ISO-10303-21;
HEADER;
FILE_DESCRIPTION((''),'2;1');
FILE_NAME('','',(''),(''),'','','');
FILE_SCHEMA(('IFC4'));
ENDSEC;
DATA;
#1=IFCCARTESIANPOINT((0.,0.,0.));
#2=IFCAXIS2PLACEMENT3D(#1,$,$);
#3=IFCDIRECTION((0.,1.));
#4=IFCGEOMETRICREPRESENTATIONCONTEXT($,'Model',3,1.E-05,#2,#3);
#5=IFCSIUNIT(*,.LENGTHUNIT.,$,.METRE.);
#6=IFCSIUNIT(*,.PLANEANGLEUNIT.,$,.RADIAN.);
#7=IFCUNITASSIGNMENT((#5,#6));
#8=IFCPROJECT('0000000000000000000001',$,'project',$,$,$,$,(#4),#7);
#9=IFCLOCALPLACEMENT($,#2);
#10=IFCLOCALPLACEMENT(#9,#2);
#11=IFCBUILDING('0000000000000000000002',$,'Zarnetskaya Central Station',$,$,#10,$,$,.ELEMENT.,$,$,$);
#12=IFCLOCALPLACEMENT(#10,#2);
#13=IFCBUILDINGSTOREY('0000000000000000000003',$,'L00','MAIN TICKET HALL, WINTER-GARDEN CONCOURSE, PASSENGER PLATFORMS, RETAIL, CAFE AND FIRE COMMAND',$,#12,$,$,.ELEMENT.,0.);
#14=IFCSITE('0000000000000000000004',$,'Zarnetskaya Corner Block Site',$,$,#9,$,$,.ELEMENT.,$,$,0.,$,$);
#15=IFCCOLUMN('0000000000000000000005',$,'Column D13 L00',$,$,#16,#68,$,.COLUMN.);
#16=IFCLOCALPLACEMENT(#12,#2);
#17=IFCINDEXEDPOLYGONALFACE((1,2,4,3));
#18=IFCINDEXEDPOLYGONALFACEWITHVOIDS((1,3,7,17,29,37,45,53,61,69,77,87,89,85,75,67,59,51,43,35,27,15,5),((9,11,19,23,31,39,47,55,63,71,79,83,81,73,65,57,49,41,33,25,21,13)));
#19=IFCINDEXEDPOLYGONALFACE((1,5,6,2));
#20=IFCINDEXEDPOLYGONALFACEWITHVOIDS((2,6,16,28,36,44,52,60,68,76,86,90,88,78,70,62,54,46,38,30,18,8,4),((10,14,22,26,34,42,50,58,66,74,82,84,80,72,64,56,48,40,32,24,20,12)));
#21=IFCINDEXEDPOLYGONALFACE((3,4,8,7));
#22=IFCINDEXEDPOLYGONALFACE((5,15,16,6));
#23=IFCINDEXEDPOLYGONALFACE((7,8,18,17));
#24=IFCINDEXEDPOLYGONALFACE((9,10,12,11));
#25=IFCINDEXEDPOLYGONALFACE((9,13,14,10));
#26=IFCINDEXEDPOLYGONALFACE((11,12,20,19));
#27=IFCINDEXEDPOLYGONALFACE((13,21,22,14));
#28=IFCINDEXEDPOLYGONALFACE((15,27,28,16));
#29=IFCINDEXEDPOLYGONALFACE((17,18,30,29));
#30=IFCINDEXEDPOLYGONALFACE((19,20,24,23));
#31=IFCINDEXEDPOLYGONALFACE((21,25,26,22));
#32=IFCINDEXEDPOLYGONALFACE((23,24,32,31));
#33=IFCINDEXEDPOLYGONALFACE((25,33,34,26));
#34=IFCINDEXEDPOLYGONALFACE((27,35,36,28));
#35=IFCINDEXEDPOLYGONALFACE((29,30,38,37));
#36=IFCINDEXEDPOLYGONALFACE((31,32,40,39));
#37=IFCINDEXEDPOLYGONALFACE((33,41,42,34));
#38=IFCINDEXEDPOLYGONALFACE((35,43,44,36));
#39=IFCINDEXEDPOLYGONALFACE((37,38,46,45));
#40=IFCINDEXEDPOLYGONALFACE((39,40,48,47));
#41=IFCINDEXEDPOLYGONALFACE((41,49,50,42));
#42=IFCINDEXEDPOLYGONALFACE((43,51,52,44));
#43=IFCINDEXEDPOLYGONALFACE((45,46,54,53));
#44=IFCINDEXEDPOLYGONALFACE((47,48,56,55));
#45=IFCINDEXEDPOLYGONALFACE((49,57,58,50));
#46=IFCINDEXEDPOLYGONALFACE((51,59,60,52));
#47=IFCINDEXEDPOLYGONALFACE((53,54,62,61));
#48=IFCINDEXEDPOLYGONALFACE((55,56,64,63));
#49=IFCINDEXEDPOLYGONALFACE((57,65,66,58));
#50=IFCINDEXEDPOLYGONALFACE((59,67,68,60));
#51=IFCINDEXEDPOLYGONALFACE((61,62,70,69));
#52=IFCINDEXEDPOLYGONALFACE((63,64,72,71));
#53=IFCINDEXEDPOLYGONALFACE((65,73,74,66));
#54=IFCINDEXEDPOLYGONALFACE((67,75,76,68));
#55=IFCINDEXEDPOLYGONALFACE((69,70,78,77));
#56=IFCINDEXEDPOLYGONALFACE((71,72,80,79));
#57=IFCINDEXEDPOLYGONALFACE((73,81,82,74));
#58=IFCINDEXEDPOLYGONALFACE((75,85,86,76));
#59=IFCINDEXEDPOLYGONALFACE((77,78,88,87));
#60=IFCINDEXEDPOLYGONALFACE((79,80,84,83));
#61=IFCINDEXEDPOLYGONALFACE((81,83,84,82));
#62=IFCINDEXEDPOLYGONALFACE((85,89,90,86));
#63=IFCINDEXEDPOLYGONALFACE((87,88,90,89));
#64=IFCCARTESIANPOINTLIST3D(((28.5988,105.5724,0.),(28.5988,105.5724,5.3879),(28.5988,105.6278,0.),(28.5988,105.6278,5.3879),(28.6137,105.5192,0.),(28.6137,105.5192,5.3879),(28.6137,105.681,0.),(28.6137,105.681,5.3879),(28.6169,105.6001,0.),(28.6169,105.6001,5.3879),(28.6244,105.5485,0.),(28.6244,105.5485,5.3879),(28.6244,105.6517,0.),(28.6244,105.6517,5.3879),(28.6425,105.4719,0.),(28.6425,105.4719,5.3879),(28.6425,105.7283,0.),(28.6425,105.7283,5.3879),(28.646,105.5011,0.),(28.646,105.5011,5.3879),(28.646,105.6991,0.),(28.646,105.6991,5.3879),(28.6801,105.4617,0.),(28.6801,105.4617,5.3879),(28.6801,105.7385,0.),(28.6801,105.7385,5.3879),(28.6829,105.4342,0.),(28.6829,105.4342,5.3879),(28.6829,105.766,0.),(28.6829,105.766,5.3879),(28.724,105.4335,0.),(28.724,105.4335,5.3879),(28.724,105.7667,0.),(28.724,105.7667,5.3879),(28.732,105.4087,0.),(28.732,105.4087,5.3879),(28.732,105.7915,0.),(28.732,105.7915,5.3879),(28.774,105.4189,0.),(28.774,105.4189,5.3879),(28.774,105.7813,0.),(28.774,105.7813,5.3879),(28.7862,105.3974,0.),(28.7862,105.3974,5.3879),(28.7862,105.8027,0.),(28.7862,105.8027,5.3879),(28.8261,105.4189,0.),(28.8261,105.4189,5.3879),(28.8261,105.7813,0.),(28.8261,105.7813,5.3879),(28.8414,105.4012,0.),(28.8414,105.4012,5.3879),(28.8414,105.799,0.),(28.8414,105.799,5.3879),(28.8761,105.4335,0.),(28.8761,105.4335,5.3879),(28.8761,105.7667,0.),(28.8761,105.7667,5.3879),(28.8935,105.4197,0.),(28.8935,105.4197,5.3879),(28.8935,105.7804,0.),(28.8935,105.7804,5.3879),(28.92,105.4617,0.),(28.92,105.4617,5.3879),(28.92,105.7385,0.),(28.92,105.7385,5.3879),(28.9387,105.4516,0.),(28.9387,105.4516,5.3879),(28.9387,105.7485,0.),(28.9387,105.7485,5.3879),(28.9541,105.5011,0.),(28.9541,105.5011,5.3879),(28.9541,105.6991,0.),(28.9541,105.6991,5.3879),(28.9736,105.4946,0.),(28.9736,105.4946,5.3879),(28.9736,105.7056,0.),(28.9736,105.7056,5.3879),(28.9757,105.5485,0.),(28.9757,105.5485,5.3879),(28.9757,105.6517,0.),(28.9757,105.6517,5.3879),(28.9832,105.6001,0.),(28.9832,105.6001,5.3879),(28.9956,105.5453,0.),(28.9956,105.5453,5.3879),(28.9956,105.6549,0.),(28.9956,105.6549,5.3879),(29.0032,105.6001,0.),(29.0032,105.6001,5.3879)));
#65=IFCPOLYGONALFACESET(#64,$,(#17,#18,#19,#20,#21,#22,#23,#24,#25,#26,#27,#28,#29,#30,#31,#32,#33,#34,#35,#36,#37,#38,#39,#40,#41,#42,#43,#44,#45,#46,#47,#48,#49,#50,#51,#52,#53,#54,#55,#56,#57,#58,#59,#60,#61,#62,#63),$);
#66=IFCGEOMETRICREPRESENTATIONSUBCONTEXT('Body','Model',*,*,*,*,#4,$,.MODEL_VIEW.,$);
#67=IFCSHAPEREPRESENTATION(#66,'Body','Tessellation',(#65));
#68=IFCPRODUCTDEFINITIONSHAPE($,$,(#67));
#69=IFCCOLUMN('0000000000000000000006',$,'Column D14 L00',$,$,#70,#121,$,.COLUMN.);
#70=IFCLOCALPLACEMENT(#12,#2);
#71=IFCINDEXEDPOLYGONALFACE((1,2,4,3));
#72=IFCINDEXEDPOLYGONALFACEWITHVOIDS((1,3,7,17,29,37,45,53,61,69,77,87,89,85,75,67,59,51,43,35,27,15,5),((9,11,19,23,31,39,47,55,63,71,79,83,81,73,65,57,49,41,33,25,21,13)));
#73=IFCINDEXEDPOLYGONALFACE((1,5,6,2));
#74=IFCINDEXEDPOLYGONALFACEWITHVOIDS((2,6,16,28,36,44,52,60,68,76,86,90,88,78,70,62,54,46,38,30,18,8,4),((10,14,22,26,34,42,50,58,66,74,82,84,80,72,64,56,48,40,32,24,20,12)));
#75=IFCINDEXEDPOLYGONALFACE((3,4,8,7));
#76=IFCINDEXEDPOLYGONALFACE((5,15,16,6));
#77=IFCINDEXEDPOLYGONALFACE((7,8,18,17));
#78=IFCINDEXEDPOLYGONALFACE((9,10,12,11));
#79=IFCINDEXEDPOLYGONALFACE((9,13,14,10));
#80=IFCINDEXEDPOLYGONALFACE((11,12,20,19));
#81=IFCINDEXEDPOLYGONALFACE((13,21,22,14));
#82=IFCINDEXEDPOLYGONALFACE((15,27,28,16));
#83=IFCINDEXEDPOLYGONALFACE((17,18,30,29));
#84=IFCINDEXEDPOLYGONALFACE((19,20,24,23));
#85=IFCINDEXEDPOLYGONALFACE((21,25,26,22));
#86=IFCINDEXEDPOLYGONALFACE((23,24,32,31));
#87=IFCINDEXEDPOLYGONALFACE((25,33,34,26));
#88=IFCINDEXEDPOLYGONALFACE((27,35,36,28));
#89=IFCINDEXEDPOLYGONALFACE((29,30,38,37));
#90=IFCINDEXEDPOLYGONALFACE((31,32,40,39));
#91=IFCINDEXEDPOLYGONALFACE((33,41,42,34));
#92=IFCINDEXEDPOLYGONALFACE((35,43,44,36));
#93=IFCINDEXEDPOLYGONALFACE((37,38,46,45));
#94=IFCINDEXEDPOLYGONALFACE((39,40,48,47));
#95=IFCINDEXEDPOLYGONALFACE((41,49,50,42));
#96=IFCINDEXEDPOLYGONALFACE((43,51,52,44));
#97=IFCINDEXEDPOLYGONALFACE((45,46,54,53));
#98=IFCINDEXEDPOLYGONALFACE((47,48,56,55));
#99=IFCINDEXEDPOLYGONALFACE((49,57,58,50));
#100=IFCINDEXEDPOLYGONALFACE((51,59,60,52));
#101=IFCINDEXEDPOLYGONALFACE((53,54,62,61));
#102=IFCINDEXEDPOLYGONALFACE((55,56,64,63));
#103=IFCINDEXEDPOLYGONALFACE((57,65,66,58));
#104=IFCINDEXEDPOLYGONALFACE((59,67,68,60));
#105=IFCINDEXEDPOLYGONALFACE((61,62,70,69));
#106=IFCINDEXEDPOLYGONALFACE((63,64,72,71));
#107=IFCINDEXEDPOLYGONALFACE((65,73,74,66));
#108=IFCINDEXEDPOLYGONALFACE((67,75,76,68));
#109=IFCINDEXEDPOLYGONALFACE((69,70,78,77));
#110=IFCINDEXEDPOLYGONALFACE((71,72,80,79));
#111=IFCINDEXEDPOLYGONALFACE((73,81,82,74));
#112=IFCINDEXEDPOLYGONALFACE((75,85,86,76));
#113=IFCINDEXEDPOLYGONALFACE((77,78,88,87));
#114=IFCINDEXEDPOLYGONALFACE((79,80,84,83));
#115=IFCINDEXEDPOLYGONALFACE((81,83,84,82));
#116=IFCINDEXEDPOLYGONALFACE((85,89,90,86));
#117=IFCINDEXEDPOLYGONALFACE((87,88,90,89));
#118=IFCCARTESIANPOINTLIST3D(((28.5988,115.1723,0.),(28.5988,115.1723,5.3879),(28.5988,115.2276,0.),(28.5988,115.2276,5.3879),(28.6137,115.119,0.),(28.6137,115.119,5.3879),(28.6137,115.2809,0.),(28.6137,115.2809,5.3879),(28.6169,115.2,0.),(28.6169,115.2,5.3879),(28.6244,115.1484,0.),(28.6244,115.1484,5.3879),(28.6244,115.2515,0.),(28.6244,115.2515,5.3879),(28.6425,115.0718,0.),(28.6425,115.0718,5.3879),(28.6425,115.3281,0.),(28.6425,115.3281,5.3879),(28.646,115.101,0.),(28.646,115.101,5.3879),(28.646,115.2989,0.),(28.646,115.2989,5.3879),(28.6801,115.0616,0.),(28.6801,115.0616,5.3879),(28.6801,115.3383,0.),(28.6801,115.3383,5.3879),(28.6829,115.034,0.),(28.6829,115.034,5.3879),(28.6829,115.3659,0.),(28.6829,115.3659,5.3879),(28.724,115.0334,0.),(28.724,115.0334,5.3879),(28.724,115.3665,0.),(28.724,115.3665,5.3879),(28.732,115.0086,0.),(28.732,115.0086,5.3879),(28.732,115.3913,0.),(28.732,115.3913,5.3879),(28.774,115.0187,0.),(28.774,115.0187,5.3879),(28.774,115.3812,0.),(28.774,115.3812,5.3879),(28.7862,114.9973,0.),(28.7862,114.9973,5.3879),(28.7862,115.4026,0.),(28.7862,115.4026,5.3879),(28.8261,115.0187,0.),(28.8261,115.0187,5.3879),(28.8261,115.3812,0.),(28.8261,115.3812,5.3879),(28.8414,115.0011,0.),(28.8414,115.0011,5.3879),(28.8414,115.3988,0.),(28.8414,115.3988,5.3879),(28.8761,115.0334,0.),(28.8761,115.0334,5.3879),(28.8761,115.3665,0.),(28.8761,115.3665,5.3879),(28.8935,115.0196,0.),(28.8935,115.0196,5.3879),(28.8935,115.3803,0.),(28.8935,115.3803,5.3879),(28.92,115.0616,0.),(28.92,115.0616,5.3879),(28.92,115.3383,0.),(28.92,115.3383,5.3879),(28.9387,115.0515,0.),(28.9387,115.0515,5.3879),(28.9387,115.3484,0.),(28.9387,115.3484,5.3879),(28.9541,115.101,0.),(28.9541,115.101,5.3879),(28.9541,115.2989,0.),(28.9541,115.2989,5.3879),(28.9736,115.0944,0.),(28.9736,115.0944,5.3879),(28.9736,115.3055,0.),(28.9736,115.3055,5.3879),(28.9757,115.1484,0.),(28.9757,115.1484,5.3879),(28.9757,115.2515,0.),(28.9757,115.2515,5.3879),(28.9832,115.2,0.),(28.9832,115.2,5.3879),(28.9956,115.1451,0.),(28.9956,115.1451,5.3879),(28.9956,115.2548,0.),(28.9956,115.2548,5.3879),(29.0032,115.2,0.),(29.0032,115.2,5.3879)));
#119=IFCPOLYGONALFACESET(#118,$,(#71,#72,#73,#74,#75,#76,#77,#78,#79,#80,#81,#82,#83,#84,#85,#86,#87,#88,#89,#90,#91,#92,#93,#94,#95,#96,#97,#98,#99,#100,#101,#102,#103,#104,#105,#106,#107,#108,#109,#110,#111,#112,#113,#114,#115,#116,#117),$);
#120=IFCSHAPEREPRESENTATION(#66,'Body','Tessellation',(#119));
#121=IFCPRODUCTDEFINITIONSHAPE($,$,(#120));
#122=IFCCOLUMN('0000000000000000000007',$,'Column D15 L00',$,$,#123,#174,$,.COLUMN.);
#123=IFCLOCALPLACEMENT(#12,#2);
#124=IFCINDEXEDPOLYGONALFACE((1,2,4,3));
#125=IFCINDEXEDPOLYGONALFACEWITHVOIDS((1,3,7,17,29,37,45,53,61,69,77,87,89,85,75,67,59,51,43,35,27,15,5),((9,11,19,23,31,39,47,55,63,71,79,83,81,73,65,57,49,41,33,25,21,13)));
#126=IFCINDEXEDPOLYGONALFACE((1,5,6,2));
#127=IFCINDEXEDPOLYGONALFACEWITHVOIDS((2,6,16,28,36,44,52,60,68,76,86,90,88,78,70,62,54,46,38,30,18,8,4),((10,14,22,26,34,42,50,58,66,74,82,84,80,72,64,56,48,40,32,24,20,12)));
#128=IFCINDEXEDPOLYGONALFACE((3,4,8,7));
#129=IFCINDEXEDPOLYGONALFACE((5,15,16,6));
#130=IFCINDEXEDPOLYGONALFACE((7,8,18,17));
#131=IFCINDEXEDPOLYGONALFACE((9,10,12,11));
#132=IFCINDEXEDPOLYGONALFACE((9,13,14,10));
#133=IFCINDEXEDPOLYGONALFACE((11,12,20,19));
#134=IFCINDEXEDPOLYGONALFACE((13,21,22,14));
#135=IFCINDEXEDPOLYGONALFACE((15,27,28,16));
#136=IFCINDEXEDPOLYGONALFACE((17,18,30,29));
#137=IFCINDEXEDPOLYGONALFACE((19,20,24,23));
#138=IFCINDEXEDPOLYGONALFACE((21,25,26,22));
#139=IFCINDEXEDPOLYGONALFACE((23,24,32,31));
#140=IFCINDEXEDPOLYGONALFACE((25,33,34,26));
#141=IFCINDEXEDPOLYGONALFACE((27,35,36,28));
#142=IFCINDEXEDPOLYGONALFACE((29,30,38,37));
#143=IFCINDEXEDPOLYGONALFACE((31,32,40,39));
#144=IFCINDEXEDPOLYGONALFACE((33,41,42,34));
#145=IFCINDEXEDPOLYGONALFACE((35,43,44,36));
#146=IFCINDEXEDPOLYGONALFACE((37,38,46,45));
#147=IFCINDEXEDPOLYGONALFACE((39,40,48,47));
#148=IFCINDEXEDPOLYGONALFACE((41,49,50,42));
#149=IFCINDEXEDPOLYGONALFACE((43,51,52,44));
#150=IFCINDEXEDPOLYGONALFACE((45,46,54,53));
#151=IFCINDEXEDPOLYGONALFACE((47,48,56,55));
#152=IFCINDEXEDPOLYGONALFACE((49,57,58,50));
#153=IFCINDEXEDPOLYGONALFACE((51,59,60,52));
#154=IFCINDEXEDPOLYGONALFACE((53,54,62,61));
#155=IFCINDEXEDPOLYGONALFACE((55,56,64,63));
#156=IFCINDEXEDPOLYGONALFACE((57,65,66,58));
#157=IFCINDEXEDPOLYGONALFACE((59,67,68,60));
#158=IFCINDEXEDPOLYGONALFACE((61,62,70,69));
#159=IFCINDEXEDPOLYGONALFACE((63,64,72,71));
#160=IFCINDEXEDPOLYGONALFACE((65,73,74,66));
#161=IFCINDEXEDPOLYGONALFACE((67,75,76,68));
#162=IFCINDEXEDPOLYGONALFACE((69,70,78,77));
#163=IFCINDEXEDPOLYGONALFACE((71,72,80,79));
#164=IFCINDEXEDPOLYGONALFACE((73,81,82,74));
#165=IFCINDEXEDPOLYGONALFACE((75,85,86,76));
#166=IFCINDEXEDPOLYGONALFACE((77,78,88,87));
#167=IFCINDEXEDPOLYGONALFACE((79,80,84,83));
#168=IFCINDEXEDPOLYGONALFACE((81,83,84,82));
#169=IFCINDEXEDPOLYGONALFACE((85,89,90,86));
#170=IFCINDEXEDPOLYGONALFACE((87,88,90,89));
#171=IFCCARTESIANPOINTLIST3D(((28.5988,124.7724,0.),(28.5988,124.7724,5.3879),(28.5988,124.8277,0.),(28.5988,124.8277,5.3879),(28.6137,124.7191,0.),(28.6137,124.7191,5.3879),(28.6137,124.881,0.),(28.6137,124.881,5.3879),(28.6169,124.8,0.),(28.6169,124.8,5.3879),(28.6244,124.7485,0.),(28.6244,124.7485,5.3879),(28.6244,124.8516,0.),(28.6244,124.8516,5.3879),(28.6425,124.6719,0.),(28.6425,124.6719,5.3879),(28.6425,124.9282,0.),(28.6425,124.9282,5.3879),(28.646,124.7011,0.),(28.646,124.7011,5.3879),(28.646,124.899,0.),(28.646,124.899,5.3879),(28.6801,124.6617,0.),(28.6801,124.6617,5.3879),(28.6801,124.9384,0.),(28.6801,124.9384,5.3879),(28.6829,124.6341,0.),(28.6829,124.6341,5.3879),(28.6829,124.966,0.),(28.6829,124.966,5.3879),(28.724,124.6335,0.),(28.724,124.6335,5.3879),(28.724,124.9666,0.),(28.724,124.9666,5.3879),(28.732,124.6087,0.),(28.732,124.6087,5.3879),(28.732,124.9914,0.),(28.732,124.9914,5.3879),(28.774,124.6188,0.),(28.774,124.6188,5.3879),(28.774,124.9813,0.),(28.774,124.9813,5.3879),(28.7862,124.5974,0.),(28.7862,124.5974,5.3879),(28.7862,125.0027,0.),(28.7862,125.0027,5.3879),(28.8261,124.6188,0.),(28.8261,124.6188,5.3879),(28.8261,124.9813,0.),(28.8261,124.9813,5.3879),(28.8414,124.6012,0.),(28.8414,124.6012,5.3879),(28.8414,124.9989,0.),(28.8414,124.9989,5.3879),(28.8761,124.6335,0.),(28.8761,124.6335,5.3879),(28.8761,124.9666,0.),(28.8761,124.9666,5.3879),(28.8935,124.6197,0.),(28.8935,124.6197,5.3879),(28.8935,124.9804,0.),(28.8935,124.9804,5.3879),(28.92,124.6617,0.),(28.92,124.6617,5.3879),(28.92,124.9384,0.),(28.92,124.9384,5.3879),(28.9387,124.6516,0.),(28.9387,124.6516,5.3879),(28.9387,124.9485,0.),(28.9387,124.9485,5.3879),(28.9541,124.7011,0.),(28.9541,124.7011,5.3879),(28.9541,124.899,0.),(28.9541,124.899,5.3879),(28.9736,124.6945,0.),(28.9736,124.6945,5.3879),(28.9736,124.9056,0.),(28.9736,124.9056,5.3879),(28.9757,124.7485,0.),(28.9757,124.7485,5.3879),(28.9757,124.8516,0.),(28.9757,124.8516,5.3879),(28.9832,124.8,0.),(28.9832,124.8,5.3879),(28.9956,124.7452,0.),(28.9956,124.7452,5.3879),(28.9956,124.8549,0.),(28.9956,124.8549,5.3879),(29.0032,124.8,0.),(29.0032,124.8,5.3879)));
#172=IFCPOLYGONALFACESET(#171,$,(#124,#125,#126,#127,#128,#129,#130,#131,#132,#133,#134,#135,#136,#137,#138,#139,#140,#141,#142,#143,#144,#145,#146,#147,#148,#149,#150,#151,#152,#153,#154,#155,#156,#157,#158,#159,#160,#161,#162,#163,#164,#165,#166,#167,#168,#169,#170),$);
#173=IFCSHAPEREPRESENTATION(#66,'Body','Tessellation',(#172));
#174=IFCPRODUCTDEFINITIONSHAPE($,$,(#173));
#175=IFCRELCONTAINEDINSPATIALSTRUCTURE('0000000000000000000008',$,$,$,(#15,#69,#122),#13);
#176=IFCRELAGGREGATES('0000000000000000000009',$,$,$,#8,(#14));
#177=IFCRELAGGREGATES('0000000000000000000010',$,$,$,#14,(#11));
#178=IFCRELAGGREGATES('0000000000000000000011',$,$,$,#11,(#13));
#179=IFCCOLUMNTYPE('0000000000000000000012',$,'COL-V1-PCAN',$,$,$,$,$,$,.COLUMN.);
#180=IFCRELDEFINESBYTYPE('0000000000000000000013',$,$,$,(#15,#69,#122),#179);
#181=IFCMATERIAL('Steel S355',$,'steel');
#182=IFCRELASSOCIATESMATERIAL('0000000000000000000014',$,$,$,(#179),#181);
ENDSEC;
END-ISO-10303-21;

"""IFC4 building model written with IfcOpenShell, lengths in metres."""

from ifc_helpers import new_model, si_unit, direction, frame, origin, origin_2d, place, context, subcontext, project, spatial, hollow_circle, extrude, material, material_profile, profile_set, type_object, element, save


model = new_model("IFC4")

# Units and contexts
model_context = context("Model", 3, precision=1e-05, world=origin(), true_north=direction((0.0, 1.0)))
body_context = subcontext(model_context, "Body", "Model", "MODEL_VIEW")
ifc_project = project(units=[si_unit("LENGTHUNIT", "METRE"), si_unit("PLANEANGLEUNIT", "RADIAN")], contexts=[model_context])

# Site, building, storey
site_placement = place(None, origin())
site = spatial("IfcSite", under=ifc_project, at=site_placement, Name="Zarnetskaya Corner Block Site", CompositionType="ELEMENT", RefElevation=0.0)
building_placement = place(site_placement, origin())
building = spatial("IfcBuilding", under=site, at=building_placement, Name="Zarnetskaya Central Station", CompositionType="ELEMENT")
storey_placement = place(building_placement, origin())
storey = spatial("IfcBuildingStorey", under=building, at=storey_placement, Name="L00", Description="MAIN TICKET HALL, WINTER-GARDEN CONCOURSE, PASSENGER PLATFORMS, RETAIL, CAFE AND FIRE COMMAND", CompositionType="ELEMENT", Elevation=0.0)

# Columns
ifc_material = material(Name="Steel S355", Category="steel")
ifc_material_profile_1 = material_profile(ifc_material, hollow_circle(Radius=0.2031, WallThickness=0.02, at=origin_2d()), Name="CHS 406.4x20")
ifc_profile_set_1 = profile_set([ifc_material_profile_1], Name="Steel S355")
column_type = type_object("IfcColumnType", Name="COL-V1-PCAN", PredefinedType="COLUMN", material=ifc_profile_set_1)
for number, where, z_axis, x_axis, name in (
    (1, (28.8, 105.6001, 0.0), (0.0, 0.0, 1.0), (1.0, 0.0, 0.0), "Column D13 L00"),
    (2, (28.8, 115.2, 0.0), (0.0, 0.0, 1.0), (1.0, 0.0, 0.0), "Column D14 L00"),
    (3, (28.8, 124.8, 0.0), (0.0, 0.0, 1.0), (1.0, 0.0, 0.0), "Column D15 L00"),
):
    element("IfcColumn", number, at=place(storey_placement, frame(where, z_axis=z_axis, x_axis=x_axis)), inside=storey, type_object=column_type, Name=name, PredefinedType="COLUMN", context=body_context, shape_type="SweptSolid", body=[
        extrude(hollow_circle(Radius=0.2031, WallThickness=0.02, at=origin_2d()), origin(), (0.0, 0.0, 1.0), 5.3879),
    ])

save(model, "model.ifc")
